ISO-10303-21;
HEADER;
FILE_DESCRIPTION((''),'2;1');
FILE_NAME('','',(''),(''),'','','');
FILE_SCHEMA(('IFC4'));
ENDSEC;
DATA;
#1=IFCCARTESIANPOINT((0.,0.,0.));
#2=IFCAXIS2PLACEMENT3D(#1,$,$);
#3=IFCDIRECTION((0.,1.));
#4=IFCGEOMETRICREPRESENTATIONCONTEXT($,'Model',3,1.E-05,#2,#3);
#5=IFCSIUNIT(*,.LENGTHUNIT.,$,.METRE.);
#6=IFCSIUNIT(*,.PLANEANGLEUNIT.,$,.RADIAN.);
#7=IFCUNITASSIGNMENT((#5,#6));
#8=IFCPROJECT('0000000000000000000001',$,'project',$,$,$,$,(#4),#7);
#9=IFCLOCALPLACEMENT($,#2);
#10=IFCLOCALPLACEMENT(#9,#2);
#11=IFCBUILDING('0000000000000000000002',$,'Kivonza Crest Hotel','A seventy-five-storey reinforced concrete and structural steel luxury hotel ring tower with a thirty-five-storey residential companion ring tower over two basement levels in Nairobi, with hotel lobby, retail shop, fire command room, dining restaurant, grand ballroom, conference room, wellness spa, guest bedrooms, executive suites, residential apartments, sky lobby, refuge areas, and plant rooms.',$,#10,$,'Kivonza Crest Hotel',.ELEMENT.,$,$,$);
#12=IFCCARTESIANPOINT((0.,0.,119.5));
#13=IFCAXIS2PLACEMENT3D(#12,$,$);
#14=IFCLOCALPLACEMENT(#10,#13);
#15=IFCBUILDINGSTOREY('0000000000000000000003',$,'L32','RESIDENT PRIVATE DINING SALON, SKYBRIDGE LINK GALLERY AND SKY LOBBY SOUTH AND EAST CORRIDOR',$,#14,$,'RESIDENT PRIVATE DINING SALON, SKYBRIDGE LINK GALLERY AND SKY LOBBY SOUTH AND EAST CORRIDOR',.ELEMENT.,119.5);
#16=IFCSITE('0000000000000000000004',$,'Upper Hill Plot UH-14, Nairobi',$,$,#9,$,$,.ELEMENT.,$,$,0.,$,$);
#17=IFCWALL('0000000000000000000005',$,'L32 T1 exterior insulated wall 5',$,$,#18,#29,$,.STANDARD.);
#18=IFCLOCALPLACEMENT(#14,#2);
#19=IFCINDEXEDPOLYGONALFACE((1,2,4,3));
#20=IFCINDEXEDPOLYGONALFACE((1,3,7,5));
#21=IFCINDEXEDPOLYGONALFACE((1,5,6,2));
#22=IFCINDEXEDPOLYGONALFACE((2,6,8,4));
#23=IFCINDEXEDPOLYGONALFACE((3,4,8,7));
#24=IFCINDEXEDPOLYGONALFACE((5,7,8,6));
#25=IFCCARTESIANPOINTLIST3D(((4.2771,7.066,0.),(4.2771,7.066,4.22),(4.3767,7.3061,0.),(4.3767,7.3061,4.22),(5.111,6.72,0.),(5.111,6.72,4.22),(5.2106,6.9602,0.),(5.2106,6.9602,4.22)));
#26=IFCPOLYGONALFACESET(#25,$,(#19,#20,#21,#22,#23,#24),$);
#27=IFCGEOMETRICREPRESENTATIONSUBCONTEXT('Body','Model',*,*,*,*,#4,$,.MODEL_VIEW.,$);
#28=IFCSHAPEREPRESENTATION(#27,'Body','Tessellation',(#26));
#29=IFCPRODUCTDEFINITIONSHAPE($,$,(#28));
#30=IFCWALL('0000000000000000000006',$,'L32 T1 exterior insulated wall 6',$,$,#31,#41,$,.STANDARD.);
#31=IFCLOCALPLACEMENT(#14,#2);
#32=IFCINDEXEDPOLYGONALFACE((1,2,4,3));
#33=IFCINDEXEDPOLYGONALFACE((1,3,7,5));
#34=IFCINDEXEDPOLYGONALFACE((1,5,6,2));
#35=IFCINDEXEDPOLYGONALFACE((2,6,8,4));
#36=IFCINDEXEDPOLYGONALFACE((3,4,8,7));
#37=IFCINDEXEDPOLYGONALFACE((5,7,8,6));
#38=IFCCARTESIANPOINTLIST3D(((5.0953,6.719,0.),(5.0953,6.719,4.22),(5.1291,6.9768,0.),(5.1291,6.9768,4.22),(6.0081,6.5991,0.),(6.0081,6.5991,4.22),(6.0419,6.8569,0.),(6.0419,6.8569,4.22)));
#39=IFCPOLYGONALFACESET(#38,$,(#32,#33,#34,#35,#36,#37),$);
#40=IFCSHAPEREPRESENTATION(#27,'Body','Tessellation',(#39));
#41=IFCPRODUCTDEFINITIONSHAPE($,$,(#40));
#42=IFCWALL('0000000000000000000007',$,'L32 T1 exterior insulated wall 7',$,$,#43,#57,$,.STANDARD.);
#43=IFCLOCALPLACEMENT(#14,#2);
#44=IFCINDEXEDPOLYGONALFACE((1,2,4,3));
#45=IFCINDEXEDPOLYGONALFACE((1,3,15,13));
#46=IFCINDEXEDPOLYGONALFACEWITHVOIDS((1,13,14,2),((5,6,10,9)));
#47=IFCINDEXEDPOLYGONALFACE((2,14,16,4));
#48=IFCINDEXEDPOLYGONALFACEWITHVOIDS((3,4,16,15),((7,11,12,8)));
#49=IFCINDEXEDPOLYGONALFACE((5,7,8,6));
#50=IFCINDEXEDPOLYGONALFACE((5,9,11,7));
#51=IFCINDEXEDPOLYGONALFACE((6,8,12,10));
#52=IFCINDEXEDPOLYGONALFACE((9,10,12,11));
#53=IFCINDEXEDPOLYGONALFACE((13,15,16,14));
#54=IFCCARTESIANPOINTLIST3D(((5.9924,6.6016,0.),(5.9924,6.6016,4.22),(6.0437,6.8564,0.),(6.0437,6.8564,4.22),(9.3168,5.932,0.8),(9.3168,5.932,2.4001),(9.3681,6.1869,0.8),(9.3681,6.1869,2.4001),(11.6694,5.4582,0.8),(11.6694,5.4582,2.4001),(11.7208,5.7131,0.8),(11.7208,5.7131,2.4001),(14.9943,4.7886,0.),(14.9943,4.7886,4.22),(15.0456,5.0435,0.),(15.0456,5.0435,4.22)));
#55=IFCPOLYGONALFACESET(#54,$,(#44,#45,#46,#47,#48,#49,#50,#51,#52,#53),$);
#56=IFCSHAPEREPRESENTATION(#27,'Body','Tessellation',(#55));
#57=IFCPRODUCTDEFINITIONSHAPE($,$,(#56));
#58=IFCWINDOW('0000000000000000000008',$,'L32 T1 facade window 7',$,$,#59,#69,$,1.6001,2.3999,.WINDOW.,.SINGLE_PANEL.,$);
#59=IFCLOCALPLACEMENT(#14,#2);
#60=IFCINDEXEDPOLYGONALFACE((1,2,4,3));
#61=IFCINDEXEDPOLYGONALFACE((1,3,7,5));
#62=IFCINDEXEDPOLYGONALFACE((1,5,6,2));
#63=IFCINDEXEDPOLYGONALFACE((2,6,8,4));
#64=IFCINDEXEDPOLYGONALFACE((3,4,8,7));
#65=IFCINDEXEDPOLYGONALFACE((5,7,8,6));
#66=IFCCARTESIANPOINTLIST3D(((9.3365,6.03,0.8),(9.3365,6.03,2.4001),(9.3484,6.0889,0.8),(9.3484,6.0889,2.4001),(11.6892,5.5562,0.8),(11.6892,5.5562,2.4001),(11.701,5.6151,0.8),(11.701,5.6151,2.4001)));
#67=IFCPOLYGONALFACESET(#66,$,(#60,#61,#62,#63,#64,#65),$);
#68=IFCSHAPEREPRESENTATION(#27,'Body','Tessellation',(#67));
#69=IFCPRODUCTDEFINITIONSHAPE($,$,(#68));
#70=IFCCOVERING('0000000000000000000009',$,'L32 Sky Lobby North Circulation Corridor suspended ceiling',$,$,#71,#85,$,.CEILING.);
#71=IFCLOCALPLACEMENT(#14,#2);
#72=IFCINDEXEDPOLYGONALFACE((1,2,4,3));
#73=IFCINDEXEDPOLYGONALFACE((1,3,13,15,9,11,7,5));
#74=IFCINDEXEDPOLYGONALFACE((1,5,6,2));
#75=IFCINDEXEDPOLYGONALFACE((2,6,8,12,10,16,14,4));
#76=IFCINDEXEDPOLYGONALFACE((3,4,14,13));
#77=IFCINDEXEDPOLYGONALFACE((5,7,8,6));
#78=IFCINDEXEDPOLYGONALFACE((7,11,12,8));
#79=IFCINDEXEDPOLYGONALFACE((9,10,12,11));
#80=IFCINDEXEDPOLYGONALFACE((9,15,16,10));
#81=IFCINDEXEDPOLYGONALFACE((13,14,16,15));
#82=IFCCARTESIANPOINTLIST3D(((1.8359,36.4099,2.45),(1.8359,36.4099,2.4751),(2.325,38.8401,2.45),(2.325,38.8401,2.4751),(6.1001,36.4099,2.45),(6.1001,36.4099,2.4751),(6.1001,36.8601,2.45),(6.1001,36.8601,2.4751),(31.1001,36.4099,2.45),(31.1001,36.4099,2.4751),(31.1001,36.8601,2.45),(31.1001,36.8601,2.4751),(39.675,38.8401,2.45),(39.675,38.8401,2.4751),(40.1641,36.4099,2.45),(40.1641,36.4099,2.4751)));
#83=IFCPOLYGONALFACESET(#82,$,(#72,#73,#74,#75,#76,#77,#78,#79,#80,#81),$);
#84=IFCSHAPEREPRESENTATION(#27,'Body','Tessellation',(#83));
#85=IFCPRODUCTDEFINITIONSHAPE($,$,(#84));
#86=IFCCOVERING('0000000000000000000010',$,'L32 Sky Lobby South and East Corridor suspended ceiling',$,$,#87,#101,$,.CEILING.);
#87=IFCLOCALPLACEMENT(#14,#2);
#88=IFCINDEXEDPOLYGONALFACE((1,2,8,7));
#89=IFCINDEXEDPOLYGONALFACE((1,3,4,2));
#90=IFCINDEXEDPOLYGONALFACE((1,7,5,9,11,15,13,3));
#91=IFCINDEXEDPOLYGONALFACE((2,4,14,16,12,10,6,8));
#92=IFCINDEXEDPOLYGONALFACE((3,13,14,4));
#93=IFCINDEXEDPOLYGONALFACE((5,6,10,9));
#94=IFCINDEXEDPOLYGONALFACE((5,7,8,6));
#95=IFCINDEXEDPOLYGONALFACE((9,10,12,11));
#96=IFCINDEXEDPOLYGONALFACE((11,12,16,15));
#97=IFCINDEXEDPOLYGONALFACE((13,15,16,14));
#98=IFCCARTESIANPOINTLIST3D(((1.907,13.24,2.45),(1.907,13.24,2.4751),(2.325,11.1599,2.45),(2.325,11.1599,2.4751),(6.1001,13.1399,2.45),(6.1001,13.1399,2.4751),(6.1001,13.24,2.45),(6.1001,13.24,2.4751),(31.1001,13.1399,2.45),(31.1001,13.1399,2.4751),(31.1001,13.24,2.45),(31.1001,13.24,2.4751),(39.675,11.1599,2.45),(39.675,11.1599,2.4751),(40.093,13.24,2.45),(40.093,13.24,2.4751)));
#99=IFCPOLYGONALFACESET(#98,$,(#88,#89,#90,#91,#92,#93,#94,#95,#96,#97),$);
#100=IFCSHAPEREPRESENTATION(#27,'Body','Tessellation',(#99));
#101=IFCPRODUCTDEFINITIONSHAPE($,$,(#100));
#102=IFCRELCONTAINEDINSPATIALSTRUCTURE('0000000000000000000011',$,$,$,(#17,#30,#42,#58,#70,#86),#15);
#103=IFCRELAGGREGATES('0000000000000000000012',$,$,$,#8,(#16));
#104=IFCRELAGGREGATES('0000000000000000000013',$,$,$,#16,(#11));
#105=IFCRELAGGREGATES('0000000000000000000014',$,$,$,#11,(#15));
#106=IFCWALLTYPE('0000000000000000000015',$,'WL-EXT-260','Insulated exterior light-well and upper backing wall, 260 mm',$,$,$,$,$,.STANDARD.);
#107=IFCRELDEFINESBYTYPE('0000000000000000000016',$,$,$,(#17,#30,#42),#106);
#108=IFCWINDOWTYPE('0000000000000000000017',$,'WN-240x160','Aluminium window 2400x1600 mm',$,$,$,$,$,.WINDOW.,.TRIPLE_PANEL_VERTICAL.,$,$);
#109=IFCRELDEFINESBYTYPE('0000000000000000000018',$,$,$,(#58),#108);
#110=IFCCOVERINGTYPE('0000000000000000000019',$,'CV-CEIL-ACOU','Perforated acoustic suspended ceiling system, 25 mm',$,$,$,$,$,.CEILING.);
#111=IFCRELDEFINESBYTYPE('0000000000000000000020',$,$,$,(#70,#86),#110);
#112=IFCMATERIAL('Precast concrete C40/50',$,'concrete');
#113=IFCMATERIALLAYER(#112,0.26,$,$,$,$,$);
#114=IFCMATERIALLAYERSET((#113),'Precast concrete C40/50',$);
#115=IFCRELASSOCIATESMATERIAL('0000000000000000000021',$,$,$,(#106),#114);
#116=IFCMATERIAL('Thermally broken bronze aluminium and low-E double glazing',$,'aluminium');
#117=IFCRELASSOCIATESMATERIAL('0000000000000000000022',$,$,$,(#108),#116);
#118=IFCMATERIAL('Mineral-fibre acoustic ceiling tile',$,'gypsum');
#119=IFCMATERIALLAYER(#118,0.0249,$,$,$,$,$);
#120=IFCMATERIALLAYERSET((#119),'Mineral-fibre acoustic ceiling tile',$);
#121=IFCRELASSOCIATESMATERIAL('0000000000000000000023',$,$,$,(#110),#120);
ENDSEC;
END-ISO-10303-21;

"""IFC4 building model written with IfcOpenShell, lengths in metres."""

from ifc_helpers import new_model, si_unit, direction, frame, frame_2d, origin, place, context, subcontext, project, spatial, polyline, rectangle, outline, extrude, material, layer, layer_set, type_object, element, fill, save


model = new_model("IFC4")

# Units and contexts
model_context = context("Model", 3, precision=1e-05, world=origin(), true_north=direction((0.0, 1.0)))
body_context = subcontext(model_context, "Body", "Model", "MODEL_VIEW")
ifc_project = project(units=[si_unit("LENGTHUNIT", "METRE"), si_unit("PLANEANGLEUNIT", "RADIAN")], contexts=[model_context])

# Site, building, storey
site_placement = place(None, origin())
site = spatial("IfcSite", under=ifc_project, at=site_placement, Name="Upper Hill Plot UH-14, Nairobi", CompositionType="ELEMENT", RefElevation=0.0)
building_placement = place(site_placement, origin())
building = spatial("IfcBuilding", under=site, at=building_placement, Name="Kivonza Crest Hotel", Description="A seventy-five-storey reinforced concrete and structural steel luxury hotel ring tower with a thirty-five-storey residential companion ring tower over two basement levels in Nairobi, with hotel lobby, retail shop, fire command room, dining restaurant, grand ballroom, conference room, wellness spa, guest bedrooms, executive suites, residential apartments, sky lobby, refuge areas, and plant rooms.", LongName="Kivonza Crest Hotel", CompositionType="ELEMENT")
storey_placement = place(building_placement, frame((0.0, 0.0, 119.5)))
storey = spatial("IfcBuildingStorey", under=building, at=storey_placement, Name="L32", Description="RESIDENT PRIVATE DINING SALON, SKYBRIDGE LINK GALLERY AND SKY LOBBY SOUTH AND EAST CORRIDOR", LongName="RESIDENT PRIVATE DINING SALON, SKYBRIDGE LINK GALLERY AND SKY LOBBY SOUTH AND EAST CORRIDOR", CompositionType="ELEMENT", Elevation=119.5)

# Walls
ifc_material_1 = material(Name="Precast concrete C40/50", Category="concrete")
ifc_layer_1 = layer(ifc_material_1, 0.26)
ifc_layer_set_1 = layer_set([ifc_layer_1], Name="Precast concrete C40/50")
wall_type_1 = type_object("IfcWallType", Name="WL-EXT-260", Description="Insulated exterior light-well and upper backing wall, 260 mm", PredefinedType="STANDARD", material=ifc_layer_set_1)
wall_1_placement = place(storey_placement, frame((4.3269, 7.186, 0.0), z_axis=(0.0, 0.0, 1.0), x_axis=(0.923684, -0.383156, 0.0)))
element("IfcWall", 1, at=wall_1_placement, inside=storey, type_object=wall_type_1, Name="L32 T1 exterior insulated wall 5", PredefinedType="STANDARD", context=body_context, shape_type="SweptSolid", body=[
    extrude(rectangle(XDim=0.9028, YDim=0.26, at=frame_2d((0.4514, 0.0))), origin(), (0.0, 0.0, 1.0), 4.22),
])
wall_2_placement = place(storey_placement, frame((5.1121, 6.8479, 0.0), z_axis=(0.0, 0.0, 1.0), x_axis=(0.991488, -0.130201, 0.0)))
element("IfcWall", 2, at=wall_2_placement, inside=storey, type_object=wall_type_1, Name="L32 T1 exterior insulated wall 6", PredefinedType="STANDARD", context=body_context, shape_type="SweptSolid", body=[
    extrude(rectangle(XDim=0.9207, YDim=0.26, at=frame_2d((0.4604, 0.0))), origin(), (0.0, 0.0, 1.0), 4.22),
])

# Wall, opening, window
wall_3_placement = place(storey_placement, frame((6.0181, 6.729, 0.0), z_axis=(0.0, 0.0, 1.0), x_axis=(0.980316, -0.197435, 0.0)))
wall_3 = element("IfcWall", 3, at=wall_3_placement, inside=storey, type_object=wall_type_1, Name="L32 T1 exterior insulated wall 7", PredefinedType="STANDARD", context=body_context, shape_type="SweptSolid", body=[
    extrude(rectangle(XDim=9.1826, YDim=0.26, at=frame_2d((4.5913, 0.0))), origin(), (0.0, 0.0, 1.0), 4.22),
])
opening_1_placement = place(wall_3_placement, frame((3.3911, 0.0, 0.8)))
opening_1 = element("IfcOpeningElement", 4, at=opening_1_placement, cuts=wall_3, PredefinedType="OPENING", context=body_context, shape_type="SweptSolid", body=[
    extrude(rectangle(XDim=2.3999, YDim=1.6001, at=frame_2d((1.2, 0.8))), frame((0.0, 0.1401, 0.0), z_axis=(0.0, -1.0, 0.0), x_axis=(1.0, 0.0, 0.0)), (0.0, 0.0, 1.0), 0.28),
])
ifc_material_2 = material(Name="Thermally broken bronze aluminium and low-E double glazing", Category="aluminium")
window_type = type_object("IfcWindowType", Name="WN-240x160", Description="Aluminium window 2400x1600 mm", PartitioningType="TRIPLE_PANEL_VERTICAL", PredefinedType="WINDOW", material=ifc_material_2)
window_placement = place(opening_1_placement, origin())
window = element("IfcWindow", 5, at=window_placement, inside=storey, type_object=window_type, Name="L32 T1 facade window 7", OverallHeight=1.6001, OverallWidth=2.3999, PartitioningType="SINGLE_PANEL", PredefinedType="WINDOW", context=body_context, shape_type="SweptSolid", body=[
    extrude(rectangle(XDim=2.3999, YDim=1.6001, at=frame_2d((1.2, 0.8))), frame((0.0, 0.03, 0.0), z_axis=(0.0, -1.0, 0.0), x_axis=(1.0, 0.0, 0.0)), (0.0, 0.0, 1.0), 0.0601),
])
fill(opening_1, window)

# Coverings
ifc_material_3 = material(Name="Mineral-fibre acoustic ceiling tile", Category="gypsum")
ifc_layer_2 = layer(ifc_material_3, 0.0249)
ifc_layer_set_2 = layer_set([ifc_layer_2], Name="Mineral-fibre acoustic ceiling tile")
covering_type = type_object("IfcCoveringType", Name="CV-CEIL-ACOU", Description="Perforated acoustic suspended ceiling system, 25 mm", PredefinedType="CEILING", material=ifc_layer_set_2)
covering_1_placement = place(storey_placement, frame((0.0, 0.0, 2.45)))
element("IfcCovering", 6, at=covering_1_placement, inside=storey, type_object=covering_type, Name="L32 Sky Lobby North Circulation Corridor suspended ceiling", PredefinedType="CEILING", context=body_context, shape_type="SweptSolid", body=[
    extrude(outline(polyline([(2.325, 38.8401), (1.8359, 36.4099), (6.1001, 36.4099), (6.1001, 36.8601), (31.1001, 36.8601), (31.1001, 36.4099), (40.1641, 36.4099), (39.675, 38.8401), (2.325, 38.8401)])), origin(), (0.0, 0.0, 1.0), 0.0251),
])
covering_2_placement = place(storey_placement, frame((0.0, 0.0, 2.45)))
element("IfcCovering", 7, at=covering_2_placement, inside=storey, type_object=covering_type, Name="L32 Sky Lobby South and East Corridor suspended ceiling", PredefinedType="CEILING", context=body_context, shape_type="SweptSolid", body=[
    extrude(outline(polyline([(39.675, 11.1599), (40.093, 13.24), (31.1001, 13.24), (31.1001, 13.1399), (6.1001, 13.1399), (6.1001, 13.24), (1.907, 13.24), (2.325, 11.1599), (39.675, 11.1599)])), origin(), (0.0, 0.0, 1.0), 0.0251),
])

save(model, "model.ifc")
